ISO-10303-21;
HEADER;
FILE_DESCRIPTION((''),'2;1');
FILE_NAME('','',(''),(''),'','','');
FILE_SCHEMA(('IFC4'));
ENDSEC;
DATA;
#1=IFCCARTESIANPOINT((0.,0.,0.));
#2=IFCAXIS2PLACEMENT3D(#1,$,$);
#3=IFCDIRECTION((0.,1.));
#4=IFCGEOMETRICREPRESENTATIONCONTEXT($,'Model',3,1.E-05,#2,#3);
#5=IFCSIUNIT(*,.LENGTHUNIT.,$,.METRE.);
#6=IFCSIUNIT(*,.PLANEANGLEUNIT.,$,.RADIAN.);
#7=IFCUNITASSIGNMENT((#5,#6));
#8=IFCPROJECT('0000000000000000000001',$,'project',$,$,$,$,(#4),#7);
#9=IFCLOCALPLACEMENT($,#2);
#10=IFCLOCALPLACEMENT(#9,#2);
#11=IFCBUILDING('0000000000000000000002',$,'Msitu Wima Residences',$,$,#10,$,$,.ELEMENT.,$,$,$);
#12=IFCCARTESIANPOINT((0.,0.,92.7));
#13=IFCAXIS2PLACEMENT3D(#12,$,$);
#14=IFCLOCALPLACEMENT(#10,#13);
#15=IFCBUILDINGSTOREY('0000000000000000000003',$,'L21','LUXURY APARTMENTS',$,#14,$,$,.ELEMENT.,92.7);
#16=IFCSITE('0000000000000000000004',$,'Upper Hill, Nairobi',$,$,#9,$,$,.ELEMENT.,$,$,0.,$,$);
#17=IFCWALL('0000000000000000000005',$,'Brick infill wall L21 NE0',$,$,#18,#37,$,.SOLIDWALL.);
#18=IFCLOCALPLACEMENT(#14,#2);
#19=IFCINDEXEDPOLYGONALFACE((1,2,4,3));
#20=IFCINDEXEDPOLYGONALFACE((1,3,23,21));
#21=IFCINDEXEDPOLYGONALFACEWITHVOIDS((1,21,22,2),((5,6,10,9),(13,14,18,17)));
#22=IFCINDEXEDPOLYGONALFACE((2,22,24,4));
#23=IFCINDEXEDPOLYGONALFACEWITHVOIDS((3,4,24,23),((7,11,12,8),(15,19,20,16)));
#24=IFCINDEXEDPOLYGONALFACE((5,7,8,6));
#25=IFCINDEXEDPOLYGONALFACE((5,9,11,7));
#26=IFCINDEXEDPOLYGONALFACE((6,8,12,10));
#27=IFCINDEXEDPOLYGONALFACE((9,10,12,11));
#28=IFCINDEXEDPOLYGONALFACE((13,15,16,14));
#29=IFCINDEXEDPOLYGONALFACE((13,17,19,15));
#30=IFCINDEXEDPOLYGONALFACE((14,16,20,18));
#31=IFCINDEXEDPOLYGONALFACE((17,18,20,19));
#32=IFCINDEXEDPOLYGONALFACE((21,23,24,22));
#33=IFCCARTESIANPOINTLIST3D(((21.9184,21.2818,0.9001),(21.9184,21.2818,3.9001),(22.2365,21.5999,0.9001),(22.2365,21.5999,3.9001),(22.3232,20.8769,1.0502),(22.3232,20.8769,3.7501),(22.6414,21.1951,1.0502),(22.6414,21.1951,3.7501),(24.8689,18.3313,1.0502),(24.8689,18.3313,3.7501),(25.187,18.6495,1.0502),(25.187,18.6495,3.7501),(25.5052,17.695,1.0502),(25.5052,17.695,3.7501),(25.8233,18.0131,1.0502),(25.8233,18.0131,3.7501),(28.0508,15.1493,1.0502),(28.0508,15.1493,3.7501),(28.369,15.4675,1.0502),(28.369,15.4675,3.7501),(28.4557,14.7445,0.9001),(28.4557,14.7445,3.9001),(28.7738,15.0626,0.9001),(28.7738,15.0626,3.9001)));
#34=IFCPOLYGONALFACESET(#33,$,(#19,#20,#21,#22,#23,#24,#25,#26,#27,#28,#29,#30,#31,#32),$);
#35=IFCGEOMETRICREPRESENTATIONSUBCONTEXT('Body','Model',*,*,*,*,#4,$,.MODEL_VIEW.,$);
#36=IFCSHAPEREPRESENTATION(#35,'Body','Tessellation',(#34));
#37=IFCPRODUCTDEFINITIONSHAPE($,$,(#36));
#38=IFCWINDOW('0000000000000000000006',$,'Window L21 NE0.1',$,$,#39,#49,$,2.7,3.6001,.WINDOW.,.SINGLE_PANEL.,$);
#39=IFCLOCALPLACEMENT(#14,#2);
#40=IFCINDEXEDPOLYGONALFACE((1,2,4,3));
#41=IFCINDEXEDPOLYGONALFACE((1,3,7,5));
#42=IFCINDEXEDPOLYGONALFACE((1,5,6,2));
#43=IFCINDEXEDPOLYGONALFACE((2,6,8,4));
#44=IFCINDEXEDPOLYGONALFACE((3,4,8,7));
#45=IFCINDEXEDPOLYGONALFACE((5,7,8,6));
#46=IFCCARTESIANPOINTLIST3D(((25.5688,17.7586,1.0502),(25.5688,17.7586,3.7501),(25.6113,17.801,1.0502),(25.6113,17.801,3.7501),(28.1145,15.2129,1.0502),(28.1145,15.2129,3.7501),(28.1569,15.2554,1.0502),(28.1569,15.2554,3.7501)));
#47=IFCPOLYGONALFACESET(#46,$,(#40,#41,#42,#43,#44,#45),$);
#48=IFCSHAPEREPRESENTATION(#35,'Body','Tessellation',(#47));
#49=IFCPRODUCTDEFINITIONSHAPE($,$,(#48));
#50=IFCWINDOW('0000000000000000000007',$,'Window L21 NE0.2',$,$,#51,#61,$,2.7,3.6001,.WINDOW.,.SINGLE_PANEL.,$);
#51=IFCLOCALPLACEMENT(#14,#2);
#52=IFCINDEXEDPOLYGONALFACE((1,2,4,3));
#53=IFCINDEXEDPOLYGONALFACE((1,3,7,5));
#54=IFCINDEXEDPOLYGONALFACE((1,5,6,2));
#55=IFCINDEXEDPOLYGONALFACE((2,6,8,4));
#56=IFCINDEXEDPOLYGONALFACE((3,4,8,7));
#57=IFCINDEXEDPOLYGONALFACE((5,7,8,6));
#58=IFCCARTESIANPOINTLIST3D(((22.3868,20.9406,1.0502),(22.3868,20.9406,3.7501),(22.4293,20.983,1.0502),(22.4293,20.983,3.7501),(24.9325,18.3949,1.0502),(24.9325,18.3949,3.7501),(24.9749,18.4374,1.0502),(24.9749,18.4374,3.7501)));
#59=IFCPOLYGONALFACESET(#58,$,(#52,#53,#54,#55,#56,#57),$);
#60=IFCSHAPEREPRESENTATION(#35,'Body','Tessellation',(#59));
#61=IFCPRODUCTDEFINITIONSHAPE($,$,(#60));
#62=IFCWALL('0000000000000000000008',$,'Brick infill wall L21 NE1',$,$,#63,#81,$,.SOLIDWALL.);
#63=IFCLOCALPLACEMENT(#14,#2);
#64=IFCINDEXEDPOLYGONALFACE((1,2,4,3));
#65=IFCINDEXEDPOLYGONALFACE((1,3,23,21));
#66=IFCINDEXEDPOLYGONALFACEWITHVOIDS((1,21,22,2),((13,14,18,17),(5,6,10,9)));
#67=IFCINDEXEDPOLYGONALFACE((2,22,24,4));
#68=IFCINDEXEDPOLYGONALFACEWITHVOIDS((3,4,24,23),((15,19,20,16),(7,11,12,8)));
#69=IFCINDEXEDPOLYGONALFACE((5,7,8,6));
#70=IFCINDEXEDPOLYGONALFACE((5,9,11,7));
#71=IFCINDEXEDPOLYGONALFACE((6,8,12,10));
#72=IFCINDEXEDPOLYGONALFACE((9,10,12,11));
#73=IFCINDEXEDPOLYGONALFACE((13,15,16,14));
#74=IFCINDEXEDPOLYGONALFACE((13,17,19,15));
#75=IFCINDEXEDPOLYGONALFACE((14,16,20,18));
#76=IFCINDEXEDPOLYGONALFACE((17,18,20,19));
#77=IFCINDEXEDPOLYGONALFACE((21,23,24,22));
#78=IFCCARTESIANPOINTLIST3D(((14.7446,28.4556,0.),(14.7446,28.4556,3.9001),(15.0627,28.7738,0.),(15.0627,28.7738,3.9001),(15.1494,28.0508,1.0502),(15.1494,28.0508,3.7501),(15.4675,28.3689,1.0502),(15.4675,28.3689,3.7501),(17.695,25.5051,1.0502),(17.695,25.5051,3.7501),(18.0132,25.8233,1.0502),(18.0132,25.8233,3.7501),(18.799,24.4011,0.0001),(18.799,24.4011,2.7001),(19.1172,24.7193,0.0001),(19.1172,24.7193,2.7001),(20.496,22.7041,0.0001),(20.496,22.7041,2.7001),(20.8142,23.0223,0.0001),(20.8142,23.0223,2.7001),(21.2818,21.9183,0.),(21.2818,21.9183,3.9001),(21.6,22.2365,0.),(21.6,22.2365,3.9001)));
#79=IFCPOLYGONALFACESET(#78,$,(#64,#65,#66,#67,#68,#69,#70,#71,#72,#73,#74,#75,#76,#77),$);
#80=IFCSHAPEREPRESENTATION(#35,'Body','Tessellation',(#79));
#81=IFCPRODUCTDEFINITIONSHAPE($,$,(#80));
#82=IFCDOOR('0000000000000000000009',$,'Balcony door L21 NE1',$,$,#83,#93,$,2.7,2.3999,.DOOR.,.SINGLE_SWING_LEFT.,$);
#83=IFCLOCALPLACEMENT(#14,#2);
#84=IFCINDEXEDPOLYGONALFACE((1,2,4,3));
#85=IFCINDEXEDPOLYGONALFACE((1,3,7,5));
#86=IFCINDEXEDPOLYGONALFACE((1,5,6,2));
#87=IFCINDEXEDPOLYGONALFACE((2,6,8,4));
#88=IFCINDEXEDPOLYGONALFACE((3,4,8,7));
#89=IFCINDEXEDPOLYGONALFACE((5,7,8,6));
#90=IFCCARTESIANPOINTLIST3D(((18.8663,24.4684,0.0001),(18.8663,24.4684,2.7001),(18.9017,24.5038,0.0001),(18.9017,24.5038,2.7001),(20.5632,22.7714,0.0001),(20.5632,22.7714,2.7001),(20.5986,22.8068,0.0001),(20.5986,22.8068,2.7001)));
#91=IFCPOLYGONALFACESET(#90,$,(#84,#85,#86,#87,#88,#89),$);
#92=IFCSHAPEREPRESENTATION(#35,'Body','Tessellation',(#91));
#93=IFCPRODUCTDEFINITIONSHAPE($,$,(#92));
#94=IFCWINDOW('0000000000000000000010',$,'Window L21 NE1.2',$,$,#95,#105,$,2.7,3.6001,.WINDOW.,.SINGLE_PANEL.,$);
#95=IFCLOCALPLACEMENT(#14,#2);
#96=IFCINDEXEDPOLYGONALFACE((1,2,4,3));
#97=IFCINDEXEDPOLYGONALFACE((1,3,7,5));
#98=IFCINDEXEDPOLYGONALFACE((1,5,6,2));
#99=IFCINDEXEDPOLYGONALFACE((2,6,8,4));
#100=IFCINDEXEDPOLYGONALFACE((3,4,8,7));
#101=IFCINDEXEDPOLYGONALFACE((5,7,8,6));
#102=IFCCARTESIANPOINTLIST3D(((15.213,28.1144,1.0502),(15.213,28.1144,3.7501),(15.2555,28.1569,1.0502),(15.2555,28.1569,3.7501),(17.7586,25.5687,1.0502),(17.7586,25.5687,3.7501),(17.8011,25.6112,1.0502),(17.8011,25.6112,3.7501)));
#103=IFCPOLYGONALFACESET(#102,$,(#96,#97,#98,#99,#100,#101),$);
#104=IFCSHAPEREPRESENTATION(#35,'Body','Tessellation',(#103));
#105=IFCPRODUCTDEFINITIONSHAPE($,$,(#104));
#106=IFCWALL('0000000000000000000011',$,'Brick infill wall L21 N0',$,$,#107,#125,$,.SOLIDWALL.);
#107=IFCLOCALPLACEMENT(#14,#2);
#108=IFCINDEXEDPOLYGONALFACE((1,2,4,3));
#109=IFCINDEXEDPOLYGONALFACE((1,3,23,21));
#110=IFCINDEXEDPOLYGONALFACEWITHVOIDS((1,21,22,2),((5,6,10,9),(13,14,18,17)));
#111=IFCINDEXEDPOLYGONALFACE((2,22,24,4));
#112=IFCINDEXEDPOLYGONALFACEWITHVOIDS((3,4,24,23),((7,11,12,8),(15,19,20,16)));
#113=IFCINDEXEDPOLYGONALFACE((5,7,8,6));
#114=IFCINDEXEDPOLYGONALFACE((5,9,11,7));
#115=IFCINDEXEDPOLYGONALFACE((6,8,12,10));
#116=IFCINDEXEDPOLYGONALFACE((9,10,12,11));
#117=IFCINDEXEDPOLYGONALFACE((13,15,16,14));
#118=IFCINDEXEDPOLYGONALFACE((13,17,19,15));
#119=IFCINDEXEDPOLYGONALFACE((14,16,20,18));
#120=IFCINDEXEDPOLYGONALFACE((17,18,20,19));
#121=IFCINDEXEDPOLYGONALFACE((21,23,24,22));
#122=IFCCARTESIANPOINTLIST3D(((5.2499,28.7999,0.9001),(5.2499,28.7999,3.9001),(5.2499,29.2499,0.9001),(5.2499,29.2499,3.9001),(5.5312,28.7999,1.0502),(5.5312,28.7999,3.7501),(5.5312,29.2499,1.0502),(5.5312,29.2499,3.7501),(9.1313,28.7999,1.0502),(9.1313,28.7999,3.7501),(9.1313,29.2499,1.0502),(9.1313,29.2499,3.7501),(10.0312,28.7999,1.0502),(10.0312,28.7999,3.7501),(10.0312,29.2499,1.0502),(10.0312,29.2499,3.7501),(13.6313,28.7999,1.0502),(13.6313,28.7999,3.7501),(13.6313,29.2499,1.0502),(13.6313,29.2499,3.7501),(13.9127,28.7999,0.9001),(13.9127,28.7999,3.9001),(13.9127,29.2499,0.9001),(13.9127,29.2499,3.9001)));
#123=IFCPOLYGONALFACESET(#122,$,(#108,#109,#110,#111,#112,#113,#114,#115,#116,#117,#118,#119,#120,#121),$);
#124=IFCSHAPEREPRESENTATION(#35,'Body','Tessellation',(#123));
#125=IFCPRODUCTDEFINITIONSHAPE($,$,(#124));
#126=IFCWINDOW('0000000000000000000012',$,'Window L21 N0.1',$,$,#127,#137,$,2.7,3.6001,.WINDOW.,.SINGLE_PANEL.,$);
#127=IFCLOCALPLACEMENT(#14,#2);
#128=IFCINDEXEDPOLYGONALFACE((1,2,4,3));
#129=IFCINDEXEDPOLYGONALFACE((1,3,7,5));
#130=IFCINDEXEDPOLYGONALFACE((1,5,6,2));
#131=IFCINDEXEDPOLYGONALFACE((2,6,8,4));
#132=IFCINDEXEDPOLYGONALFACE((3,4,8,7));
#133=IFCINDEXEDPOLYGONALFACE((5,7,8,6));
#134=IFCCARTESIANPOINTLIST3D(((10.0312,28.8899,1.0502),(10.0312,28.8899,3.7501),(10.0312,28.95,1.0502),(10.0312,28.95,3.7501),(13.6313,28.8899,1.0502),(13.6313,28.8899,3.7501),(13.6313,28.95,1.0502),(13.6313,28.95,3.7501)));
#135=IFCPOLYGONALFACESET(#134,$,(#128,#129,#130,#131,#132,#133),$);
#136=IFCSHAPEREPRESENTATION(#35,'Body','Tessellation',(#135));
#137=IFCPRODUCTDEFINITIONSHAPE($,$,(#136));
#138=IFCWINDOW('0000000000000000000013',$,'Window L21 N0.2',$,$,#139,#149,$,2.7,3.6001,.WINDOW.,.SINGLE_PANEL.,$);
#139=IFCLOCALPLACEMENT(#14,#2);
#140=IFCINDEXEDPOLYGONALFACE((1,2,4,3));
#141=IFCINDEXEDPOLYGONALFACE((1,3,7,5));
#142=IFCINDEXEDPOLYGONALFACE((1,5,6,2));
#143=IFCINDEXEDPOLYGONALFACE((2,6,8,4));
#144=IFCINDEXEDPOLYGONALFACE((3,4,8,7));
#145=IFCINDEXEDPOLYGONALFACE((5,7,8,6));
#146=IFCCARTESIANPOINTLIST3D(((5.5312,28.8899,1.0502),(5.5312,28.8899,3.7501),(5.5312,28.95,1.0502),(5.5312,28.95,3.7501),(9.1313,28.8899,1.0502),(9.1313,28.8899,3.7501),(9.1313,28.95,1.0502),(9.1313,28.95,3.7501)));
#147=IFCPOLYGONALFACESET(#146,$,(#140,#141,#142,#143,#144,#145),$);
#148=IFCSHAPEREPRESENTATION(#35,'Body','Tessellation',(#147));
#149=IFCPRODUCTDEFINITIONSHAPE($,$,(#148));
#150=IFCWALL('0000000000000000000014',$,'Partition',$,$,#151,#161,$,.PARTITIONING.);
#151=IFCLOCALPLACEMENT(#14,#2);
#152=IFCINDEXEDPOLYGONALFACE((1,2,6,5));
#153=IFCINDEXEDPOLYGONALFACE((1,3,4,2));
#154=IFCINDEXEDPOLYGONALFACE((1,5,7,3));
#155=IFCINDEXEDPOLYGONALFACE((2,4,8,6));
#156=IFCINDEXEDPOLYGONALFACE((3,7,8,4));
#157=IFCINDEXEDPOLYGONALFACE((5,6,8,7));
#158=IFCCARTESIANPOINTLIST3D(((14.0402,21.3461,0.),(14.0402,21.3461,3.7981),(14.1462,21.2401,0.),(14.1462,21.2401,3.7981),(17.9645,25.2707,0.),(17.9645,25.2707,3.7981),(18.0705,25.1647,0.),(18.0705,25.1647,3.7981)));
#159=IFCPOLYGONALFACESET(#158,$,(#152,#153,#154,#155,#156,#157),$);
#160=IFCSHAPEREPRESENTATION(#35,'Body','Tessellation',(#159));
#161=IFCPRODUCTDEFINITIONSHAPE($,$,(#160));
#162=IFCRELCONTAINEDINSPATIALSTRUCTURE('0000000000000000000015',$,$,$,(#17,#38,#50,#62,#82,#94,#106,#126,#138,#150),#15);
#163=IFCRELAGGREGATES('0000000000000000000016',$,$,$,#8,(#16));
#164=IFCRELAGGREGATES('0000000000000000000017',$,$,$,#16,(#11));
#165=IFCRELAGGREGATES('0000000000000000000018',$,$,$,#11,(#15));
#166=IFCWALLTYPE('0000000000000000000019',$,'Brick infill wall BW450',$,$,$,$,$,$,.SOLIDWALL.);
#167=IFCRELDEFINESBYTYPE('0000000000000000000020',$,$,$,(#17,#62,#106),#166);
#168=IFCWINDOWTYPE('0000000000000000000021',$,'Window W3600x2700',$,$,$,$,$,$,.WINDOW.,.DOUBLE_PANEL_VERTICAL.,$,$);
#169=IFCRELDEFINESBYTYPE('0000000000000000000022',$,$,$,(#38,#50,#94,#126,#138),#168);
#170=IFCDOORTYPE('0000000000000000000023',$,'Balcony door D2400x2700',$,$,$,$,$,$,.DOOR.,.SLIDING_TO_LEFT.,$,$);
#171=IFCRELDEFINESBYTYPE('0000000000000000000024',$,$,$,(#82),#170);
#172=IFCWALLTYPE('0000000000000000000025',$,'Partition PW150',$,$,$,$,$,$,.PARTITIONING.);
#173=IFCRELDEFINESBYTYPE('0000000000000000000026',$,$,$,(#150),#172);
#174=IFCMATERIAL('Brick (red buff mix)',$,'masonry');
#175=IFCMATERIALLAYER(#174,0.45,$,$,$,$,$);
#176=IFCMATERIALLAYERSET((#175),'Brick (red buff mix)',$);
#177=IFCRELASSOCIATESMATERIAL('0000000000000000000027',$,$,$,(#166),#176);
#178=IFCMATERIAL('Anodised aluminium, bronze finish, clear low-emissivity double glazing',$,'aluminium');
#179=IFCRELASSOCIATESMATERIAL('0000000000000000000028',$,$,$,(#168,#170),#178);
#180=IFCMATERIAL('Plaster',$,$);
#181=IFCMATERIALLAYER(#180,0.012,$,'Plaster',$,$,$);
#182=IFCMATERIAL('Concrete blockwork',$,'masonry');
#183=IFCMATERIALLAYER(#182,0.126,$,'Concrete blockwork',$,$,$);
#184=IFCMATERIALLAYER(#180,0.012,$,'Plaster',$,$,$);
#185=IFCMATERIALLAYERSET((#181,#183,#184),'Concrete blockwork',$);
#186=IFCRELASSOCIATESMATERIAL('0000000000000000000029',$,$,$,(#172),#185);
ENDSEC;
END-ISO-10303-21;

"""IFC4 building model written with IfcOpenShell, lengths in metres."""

from ifc_helpers import new_model, si_unit, direction, frame, frame_2d, origin, place, context, subcontext, project, spatial, rectangle, extrude, material, layer, layer_set, type_object, element, fill, save


model = new_model("IFC4")

# Units and contexts
model_context = context("Model", 3, precision=1e-05, world=origin(), true_north=direction((0.0, 1.0)))
body_context = subcontext(model_context, "Body", "Model", "MODEL_VIEW")
ifc_project = project(units=[si_unit("LENGTHUNIT", "METRE"), si_unit("PLANEANGLEUNIT", "RADIAN")], contexts=[model_context])

# Site, building, storey
site_placement = place(None, origin())
site = spatial("IfcSite", under=ifc_project, at=site_placement, Name="Upper Hill, Nairobi", CompositionType="ELEMENT", RefElevation=0.0)
building_placement = place(site_placement, origin())
building = spatial("IfcBuilding", under=site, at=building_placement, Name="Msitu Wima Residences", CompositionType="ELEMENT")
storey_placement = place(building_placement, frame((0.0, 0.0, 92.7)))
storey = spatial("IfcBuildingStorey", under=building, at=storey_placement, Name="L21", Description="LUXURY APARTMENTS", CompositionType="ELEMENT", Elevation=92.7)

# Wall, openings, windows
ifc_material_1 = material(Name="Brick (red buff mix)", Category="masonry")
ifc_layer_1 = layer(ifc_material_1, 0.45)
ifc_layer_set_1 = layer_set([ifc_layer_1], Name="Brick (red buff mix)")
wall_type_1 = type_object("IfcWallType", Name="Brick infill wall BW450", PredefinedType="SOLIDWALL", material=ifc_layer_set_1)
wall_1_placement = place(storey_placement, frame((28.6147, 14.9036, 0.9001), z_axis=(0.0, 0.0, 1.0), x_axis=(-0.707107, 0.707107, 0.0)))
wall_1 = element("IfcWall", 1, at=wall_1_placement, inside=storey, type_object=wall_type_1, Name="Brick infill wall L21 NE0", PredefinedType="SOLIDWALL", context=body_context, shape_type="SweptSolid", body=[
    extrude(rectangle(XDim=9.2451, YDim=0.45, at=frame_2d((4.6226, 0.0))), origin(), (0.0, 0.0, 1.0), 3.0),
])
opening_1_placement = place(wall_1_placement, frame((0.5725, 0.0, 0.1499)))
opening_1 = element("IfcOpeningElement", 2, at=opening_1_placement, cuts=wall_1, PredefinedType="OPENING", context=body_context, shape_type="SweptSolid", body=[
    extrude(rectangle(XDim=3.6001, YDim=2.7, at=frame_2d((1.8, 1.3501))), frame((0.0, 0.2349, 0.0), z_axis=(0.0, -1.0, 0.0), x_axis=(1.0, 0.0, 0.0)), (0.0, 0.0, 1.0), 0.47),
])
opening_2_placement = place(wall_1_placement, frame((5.0725, 0.0, 0.1499)))
opening_2 = element("IfcOpeningElement", 3, at=opening_2_placement, cuts=wall_1, PredefinedType="OPENING", context=body_context, shape_type="SweptSolid", body=[
    extrude(rectangle(XDim=3.6001, YDim=2.7, at=frame_2d((1.8, 1.3501))), frame((0.0, 0.2349, 0.0), z_axis=(0.0, -1.0, 0.0), x_axis=(1.0, 0.0, 0.0)), (0.0, 0.0, 1.0), 0.47),
])
ifc_material_2 = material(Name="Anodised aluminium, bronze finish, clear low-emissivity double glazing", Category="aluminium")
window_type = type_object("IfcWindowType", Name="Window W3600x2700", PartitioningType="DOUBLE_PANEL_VERTICAL", PredefinedType="WINDOW", material=ifc_material_2)
window_1_placement = place(opening_1_placement, origin())
window_1 = element("IfcWindow", 4, at=window_1_placement, inside=storey, type_object=window_type, Name="Window L21 NE0.1", OverallHeight=2.7, OverallWidth=3.6001, PartitioningType="SINGLE_PANEL", PredefinedType="WINDOW", context=body_context, shape_type="SweptSolid", body=[
    extrude(rectangle(XDim=3.6001, YDim=2.7, at=frame_2d((1.8, 1.3501))), frame((0.0, 0.135, 0.0), z_axis=(0.0, -1.0, 0.0), x_axis=(1.0, 0.0, 0.0)), (0.0, 0.0, 1.0), 0.0601),
])
fill(opening_1, window_1)
window_2_placement = place(opening_2_placement, origin())
window_2 = element("IfcWindow", 5, at=window_2_placement, inside=storey, type_object=window_type, Name="Window L21 NE0.2", OverallHeight=2.7, OverallWidth=3.6001, PartitioningType="SINGLE_PANEL", PredefinedType="WINDOW", context=body_context, shape_type="SweptSolid", body=[
    extrude(rectangle(XDim=3.6001, YDim=2.7, at=frame_2d((1.8, 1.3501))), frame((0.0, 0.135, 0.0), z_axis=(0.0, -1.0, 0.0), x_axis=(1.0, 0.0, 0.0)), (0.0, 0.0, 1.0), 0.0601),
])
fill(opening_2, window_2)

# Wall, openings, door, window
wall_2_placement = place(storey_placement, frame((21.4409, 22.0774, 0.0), z_axis=(0.0, 0.0, 1.0), x_axis=(-0.707107, 0.707107, 0.0)))
wall_2 = element("IfcWall", 6, at=wall_2_placement, inside=storey, type_object=wall_type_1, Name="Brick infill wall L21 NE1", PredefinedType="SOLIDWALL", context=body_context, shape_type="SweptSolid", body=[
    extrude(rectangle(XDim=9.2451, YDim=0.45, at=frame_2d((4.6226, 0.0))), origin(), (0.0, 0.0, 1.0), 3.9001),
])
opening_3_placement = place(wall_2_placement, frame((1.1113, 0.0, 0.0)))
opening_3 = element("IfcOpeningElement", 7, at=opening_3_placement, cuts=wall_2, PredefinedType="OPENING", context=body_context, shape_type="SweptSolid", body=[
    extrude(rectangle(XDim=2.3999, YDim=2.7, at=frame_2d((1.2, 1.3501))), frame((0.0, 0.2349, 0.0), z_axis=(0.0, -1.0, 0.0), x_axis=(1.0, 0.0, 0.0)), (0.0, 0.0, 1.0), 0.47),
])
opening_4_placement = place(wall_2_placement, frame((5.0725, 0.0, 1.05)))
opening_4 = element("IfcOpeningElement", 8, at=opening_4_placement, cuts=wall_2, PredefinedType="OPENING", context=body_context, shape_type="SweptSolid", body=[
    extrude(rectangle(XDim=3.6001, YDim=2.7, at=frame_2d((1.8, 1.3501))), frame((0.0, 0.2349, 0.0), z_axis=(0.0, -1.0, 0.0), x_axis=(1.0, 0.0, 0.0)), (0.0, 0.0, 1.0), 0.47),
])
door_type_1 = type_object("IfcDoorType", Name="Balcony door D2400x2700", OperationType="SLIDING_TO_LEFT", PredefinedType="DOOR", material=ifc_material_2)
door_1_placement = place(opening_3_placement, origin())
door_1 = element("IfcDoor", 9, at=door_1_placement, inside=storey, type_object=door_type_1, Name="Balcony door L21 NE1", OperationType="SINGLE_SWING_LEFT", OverallHeight=2.7, OverallWidth=2.3999, PredefinedType="DOOR", context=body_context, shape_type="SweptSolid", body=[
    extrude(rectangle(XDim=2.3999, YDim=2.7, at=frame_2d((1.2, 1.3501))), frame((0.0, 0.1299, 0.0), z_axis=(0.0, -1.0, 0.0), x_axis=(1.0, 0.0, 0.0)), (0.0, 0.0, 1.0), 0.05),
])
fill(opening_3, door_1)
window_3_placement = place(opening_4_placement, origin())
window_3 = element("IfcWindow", 10, at=window_3_placement, inside=storey, type_object=window_type, Name="Window L21 NE1.2", OverallHeight=2.7, OverallWidth=3.6001, PartitioningType="SINGLE_PANEL", PredefinedType="WINDOW", context=body_context, shape_type="SweptSolid", body=[
    extrude(rectangle(XDim=3.6001, YDim=2.7, at=frame_2d((1.8, 1.3501))), frame((0.0, 0.135, 0.0), z_axis=(0.0, -1.0, 0.0), x_axis=(1.0, 0.0, 0.0)), (0.0, 0.0, 1.0), 0.0601),
])
fill(opening_4, window_3)

# Wall, openings, windows
wall_3_placement = place(storey_placement, frame((13.9128, 29.0249, 0.9001), z_axis=(0.0, 0.0, 1.0), x_axis=(-1.0, 0.0, 0.0)))
wall_3 = element("IfcWall", 11, at=wall_3_placement, inside=storey, type_object=wall_type_1, Name="Brick infill wall L21 N0", PredefinedType="SOLIDWALL", context=body_context, shape_type="SweptSolid", body=[
    extrude(rectangle(XDim=8.6628, YDim=0.45, at=frame_2d((4.3315, 0.0))), origin(), (0.0, 0.0, 1.0), 3.0),
])
opening_5_placement = place(wall_3_placement, frame((0.2815, 0.0, 0.1499)))
opening_5 = element("IfcOpeningElement", 12, at=opening_5_placement, cuts=wall_3, PredefinedType="OPENING", context=body_context, shape_type="SweptSolid", body=[
    extrude(rectangle(XDim=3.6001, YDim=2.7, at=frame_2d((1.8, 1.3501))), frame((0.0, 0.2349, 0.0), z_axis=(0.0, -1.0, 0.0), x_axis=(1.0, 0.0, 0.0)), (0.0, 0.0, 1.0), 0.47),
])
opening_6_placement = place(wall_3_placement, frame((4.7815, 0.0, 0.1499)))
opening_6 = element("IfcOpeningElement", 13, at=opening_6_placement, cuts=wall_3, PredefinedType="OPENING", context=body_context, shape_type="SweptSolid", body=[
    extrude(rectangle(XDim=3.6001, YDim=2.7, at=frame_2d((1.8, 1.3501))), frame((0.0, 0.2349, 0.0), z_axis=(0.0, -1.0, 0.0), x_axis=(1.0, 0.0, 0.0)), (0.0, 0.0, 1.0), 0.47),
])
window_4_placement = place(opening_5_placement, origin())
window_4 = element("IfcWindow", 14, at=window_4_placement, inside=storey, type_object=window_type, Name="Window L21 N0.1", OverallHeight=2.7, OverallWidth=3.6001, PartitioningType="SINGLE_PANEL", PredefinedType="WINDOW", context=body_context, shape_type="SweptSolid", body=[
    extrude(rectangle(XDim=3.6001, YDim=2.7, at=frame_2d((1.8, 1.3501))), frame((0.0, 0.135, 0.0), z_axis=(0.0, -1.0, 0.0), x_axis=(1.0, 0.0, 0.0)), (0.0, 0.0, 1.0), 0.0601),
])
fill(opening_5, window_4)
window_5_placement = place(opening_6_placement, origin())
window_5 = element("IfcWindow", 15, at=window_5_placement, inside=storey, type_object=window_type, Name="Window L21 N0.2", OverallHeight=2.7, OverallWidth=3.6001, PartitioningType="SINGLE_PANEL", PredefinedType="WINDOW", context=body_context, shape_type="SweptSolid", body=[
    extrude(rectangle(XDim=3.6001, YDim=2.7, at=frame_2d((1.8, 1.3501))), frame((0.0, 0.135, 0.0), z_axis=(0.0, -1.0, 0.0), x_axis=(1.0, 0.0, 0.0)), (0.0, 0.0, 1.0), 0.0601),
])
fill(opening_6, window_5)

# Wall
ifc_material_3 = material(Name="Plaster")
ifc_layer_2 = layer(ifc_material_3, 0.012, Name="Plaster")
ifc_material_4 = material(Name="Concrete blockwork", Category="masonry")
ifc_layer_3 = layer(ifc_material_4, 0.126, Name="Concrete blockwork")
ifc_layer_4 = layer(ifc_material_3, 0.012, Name="Plaster")
ifc_layer_set_2 = layer_set([ifc_layer_2, ifc_layer_3, ifc_layer_4], Name="Concrete blockwork")
wall_type_2 = type_object("IfcWallType", Name="Partition PW150", PredefinedType="PARTITIONING", material=ifc_layer_set_2)
wall_4_placement = place(storey_placement, frame((14.0933, 21.2932, 0.0), z_axis=(0.0, 0.0, 1.0), x_axis=(0.707085, 0.707129, 0.0)))
element("IfcWall", 16, at=wall_4_placement, inside=storey, type_object=wall_type_2, Name="Partition", PredefinedType="PARTITIONING", context=body_context, shape_type="SweptSolid", body=[
    extrude(rectangle(XDim=5.55, YDim=0.1499, at=frame_2d((2.7749, 0.0))), origin(), (0.0, 0.0, 1.0), 3.7981),
])

save(model, "model.ifc")
